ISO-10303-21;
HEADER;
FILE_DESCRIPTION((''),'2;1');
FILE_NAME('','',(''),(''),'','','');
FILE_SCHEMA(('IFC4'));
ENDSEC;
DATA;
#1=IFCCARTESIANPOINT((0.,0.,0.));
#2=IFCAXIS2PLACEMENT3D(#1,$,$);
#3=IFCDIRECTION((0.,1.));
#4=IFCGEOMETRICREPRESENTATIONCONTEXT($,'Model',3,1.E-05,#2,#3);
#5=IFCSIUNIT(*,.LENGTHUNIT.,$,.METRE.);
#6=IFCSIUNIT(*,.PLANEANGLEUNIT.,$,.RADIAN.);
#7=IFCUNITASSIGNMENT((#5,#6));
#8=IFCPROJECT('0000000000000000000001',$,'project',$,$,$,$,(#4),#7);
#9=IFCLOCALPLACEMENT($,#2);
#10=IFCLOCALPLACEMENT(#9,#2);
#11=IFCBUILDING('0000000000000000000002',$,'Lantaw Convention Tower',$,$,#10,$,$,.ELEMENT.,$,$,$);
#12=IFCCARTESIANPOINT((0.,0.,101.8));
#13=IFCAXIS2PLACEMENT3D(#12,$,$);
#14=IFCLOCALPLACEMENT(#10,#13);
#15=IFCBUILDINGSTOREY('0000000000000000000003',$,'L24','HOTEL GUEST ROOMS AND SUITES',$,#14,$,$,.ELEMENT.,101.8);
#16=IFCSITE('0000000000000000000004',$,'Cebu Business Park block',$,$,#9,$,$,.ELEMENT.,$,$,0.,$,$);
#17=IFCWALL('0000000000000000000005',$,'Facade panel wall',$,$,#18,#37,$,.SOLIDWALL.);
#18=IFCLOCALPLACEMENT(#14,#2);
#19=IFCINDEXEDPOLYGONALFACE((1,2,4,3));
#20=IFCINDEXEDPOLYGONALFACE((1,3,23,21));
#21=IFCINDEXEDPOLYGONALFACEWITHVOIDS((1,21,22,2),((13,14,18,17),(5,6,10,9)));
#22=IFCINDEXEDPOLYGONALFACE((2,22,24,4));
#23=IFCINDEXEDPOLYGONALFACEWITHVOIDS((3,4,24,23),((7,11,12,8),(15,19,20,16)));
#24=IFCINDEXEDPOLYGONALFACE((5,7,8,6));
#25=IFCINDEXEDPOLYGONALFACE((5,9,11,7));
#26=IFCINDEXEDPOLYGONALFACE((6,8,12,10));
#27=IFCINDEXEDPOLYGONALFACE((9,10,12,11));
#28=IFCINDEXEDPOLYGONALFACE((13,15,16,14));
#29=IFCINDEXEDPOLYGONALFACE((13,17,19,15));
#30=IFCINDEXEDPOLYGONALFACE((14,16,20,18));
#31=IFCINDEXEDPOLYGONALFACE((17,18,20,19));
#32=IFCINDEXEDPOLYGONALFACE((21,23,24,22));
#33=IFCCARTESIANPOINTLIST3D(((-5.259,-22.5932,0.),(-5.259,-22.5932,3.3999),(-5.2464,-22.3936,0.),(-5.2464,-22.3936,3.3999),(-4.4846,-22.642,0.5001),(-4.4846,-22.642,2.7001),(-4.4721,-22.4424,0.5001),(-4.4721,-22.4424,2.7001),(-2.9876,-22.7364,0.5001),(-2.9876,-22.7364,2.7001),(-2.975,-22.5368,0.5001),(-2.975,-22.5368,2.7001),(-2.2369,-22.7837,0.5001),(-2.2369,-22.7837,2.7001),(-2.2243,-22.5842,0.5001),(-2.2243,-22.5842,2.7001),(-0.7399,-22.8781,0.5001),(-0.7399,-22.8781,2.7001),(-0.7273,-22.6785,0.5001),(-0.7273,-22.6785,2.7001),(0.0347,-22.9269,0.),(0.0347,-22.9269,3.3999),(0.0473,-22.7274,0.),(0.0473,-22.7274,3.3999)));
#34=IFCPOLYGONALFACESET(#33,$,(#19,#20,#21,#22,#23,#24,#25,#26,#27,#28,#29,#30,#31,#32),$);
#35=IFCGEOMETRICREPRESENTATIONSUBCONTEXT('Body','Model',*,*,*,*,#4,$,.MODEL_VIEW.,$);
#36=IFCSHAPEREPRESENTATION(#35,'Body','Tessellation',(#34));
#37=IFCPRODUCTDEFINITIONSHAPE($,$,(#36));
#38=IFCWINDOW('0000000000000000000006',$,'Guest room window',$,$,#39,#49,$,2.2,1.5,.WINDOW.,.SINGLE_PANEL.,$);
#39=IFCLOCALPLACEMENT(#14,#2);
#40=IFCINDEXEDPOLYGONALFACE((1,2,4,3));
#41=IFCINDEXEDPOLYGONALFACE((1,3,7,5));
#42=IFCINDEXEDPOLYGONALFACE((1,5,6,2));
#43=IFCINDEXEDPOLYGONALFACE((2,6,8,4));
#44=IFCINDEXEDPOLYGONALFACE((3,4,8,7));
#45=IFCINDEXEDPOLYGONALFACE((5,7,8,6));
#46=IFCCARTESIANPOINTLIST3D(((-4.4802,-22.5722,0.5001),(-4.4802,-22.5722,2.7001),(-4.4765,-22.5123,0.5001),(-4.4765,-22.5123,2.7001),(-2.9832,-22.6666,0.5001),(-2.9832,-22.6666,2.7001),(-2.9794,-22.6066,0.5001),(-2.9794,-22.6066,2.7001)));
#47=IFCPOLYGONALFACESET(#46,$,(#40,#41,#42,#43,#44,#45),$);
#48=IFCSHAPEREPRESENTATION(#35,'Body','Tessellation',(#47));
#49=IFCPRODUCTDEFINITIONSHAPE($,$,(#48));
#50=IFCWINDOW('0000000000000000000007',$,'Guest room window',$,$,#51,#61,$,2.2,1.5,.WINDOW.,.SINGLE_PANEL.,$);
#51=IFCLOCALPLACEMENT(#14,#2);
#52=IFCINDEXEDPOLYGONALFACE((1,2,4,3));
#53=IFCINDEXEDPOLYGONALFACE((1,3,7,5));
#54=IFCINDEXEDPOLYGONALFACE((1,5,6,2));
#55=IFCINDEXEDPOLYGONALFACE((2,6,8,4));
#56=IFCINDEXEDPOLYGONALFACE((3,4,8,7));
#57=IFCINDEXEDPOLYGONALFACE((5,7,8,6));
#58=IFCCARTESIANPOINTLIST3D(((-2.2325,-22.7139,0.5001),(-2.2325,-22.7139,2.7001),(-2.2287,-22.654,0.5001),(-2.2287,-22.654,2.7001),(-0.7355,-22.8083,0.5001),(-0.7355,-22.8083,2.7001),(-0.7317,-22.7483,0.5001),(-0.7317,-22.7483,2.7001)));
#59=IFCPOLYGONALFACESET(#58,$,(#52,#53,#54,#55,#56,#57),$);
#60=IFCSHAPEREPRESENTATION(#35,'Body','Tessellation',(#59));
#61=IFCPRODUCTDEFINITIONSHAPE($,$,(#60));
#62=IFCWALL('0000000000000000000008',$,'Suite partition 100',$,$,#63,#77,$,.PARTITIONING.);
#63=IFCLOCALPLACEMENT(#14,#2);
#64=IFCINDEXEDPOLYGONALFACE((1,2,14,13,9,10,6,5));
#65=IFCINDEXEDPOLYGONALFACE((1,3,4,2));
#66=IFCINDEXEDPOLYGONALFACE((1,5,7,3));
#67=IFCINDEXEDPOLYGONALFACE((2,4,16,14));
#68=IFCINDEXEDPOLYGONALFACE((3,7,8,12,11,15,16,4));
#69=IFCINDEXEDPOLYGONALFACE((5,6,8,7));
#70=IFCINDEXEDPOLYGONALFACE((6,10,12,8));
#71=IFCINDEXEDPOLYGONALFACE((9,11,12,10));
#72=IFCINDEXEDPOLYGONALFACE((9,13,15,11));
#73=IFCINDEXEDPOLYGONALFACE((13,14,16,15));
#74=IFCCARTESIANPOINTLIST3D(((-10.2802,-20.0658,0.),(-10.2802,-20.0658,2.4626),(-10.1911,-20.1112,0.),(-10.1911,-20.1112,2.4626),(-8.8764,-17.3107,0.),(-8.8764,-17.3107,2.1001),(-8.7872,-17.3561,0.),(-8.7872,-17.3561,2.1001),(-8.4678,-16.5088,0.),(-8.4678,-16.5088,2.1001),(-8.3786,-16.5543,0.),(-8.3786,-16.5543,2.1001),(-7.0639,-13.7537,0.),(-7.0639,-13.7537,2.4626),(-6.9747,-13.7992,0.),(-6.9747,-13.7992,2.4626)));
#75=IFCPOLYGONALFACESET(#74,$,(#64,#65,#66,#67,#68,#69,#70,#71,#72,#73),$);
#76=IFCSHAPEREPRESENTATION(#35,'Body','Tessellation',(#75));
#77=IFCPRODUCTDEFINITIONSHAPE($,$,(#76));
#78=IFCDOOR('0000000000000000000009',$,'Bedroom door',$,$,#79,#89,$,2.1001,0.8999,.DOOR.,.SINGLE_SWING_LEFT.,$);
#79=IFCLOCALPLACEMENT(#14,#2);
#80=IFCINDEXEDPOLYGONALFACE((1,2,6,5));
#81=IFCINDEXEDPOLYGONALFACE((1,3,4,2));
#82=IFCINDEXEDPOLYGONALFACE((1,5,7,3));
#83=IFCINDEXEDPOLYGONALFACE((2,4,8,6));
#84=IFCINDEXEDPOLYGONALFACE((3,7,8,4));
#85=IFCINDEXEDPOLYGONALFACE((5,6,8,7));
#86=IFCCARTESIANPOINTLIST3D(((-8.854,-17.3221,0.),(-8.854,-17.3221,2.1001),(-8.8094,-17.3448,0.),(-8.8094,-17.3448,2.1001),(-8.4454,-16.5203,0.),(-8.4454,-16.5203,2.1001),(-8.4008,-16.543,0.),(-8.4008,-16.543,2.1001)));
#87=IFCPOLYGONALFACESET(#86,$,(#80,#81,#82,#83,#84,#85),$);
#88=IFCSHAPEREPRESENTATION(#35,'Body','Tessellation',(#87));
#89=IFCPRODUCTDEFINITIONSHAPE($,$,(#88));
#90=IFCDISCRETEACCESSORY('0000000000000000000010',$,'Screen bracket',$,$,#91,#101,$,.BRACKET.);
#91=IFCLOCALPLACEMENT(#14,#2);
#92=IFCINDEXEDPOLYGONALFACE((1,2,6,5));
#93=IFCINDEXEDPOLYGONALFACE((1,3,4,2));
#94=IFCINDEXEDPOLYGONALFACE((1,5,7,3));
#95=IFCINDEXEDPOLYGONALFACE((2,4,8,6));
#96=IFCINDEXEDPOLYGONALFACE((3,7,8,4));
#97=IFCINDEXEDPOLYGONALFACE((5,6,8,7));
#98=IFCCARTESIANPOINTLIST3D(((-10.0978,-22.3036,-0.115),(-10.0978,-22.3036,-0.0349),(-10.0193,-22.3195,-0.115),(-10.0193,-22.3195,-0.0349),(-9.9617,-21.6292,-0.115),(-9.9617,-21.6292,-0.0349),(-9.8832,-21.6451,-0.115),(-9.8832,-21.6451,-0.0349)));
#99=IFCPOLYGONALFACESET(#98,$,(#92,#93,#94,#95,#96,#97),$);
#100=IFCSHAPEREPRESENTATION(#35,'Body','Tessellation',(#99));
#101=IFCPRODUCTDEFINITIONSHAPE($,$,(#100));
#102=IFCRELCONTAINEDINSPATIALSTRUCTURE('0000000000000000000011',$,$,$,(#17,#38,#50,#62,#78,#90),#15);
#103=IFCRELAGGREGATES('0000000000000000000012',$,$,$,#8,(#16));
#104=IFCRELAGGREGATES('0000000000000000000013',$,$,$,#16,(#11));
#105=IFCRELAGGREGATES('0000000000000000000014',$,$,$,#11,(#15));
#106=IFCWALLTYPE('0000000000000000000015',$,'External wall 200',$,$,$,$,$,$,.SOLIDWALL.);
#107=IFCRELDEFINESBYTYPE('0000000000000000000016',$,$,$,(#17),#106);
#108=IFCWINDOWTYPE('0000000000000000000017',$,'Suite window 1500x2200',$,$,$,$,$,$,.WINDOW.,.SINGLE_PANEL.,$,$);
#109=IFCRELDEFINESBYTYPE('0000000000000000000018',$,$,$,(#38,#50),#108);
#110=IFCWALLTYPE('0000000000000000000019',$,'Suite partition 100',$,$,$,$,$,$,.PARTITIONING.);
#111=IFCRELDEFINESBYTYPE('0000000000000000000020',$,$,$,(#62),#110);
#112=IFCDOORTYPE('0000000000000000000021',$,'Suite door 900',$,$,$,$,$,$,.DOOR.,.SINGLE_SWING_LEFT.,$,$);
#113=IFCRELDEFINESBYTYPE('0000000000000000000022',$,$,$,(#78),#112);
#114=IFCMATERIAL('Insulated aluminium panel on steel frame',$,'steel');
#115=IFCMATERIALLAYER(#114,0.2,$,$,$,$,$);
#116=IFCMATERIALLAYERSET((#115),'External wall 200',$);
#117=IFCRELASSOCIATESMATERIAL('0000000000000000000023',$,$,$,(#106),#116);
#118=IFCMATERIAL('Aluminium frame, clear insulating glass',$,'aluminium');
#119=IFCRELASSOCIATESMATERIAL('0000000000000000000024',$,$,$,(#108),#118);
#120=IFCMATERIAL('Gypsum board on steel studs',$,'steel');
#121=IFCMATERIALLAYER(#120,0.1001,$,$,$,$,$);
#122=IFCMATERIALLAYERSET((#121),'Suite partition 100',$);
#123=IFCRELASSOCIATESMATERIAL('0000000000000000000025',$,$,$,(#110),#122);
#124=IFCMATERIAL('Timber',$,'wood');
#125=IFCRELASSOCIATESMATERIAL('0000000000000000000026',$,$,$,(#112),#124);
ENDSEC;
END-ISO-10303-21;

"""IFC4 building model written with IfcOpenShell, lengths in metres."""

from ifc_helpers import new_model, si_unit, direction, frame, frame_2d, origin, origin_2d, place, context, subcontext, project, spatial, rectangle, extrude, material, layer, layer_set, type_object, element, fill, save


model = new_model("IFC4")

# Units and contexts
model_context = context("Model", 3, precision=1e-05, world=origin(), true_north=direction((0.0, 1.0)))
body_context = subcontext(model_context, "Body", "Model", "MODEL_VIEW")
ifc_project = project(units=[si_unit("LENGTHUNIT", "METRE"), si_unit("PLANEANGLEUNIT", "RADIAN")], contexts=[model_context])

# Site, building, storey
site_placement = place(None, origin())
site = spatial("IfcSite", under=ifc_project, at=site_placement, Name="Cebu Business Park block", CompositionType="ELEMENT", RefElevation=0.0)
building_placement = place(site_placement, origin())
building = spatial("IfcBuilding", under=site, at=building_placement, Name="Lantaw Convention Tower", CompositionType="ELEMENT")
storey_placement = place(building_placement, frame((0.0, 0.0, 101.8)))
storey = spatial("IfcBuildingStorey", under=building, at=storey_placement, Name="L24", Description="HOTEL GUEST ROOMS AND SUITES", CompositionType="ELEMENT", Elevation=101.8)

# Shared definitions
ifc_material_1 = material(Name="Timber", Category="wood")

# Wall, openings, windows
ifc_material_2 = material(Name="Insulated aluminium panel on steel frame", Category="steel")
ifc_layer_1 = layer(ifc_material_2, 0.2)
ifc_layer_set_1 = layer_set([ifc_layer_1], Name="External wall 200")
wall_type_1 = type_object("IfcWallType", Name="External wall 200", PredefinedType="SOLIDWALL", material=ifc_layer_set_1)
ifc_material_3 = material(Name="Aluminium frame, clear insulating glass", Category="aluminium")
window_type = type_object("IfcWindowType", Name="Suite window 1500x2200", PartitioningType="SINGLE_PANEL", PredefinedType="WINDOW", material=ifc_material_3)
wall_1_placement = place(storey_placement, frame((-5.2527, -22.4934, 0.0), z_axis=(0.0, 0.0, 1.0), x_axis=(0.998019, -0.06292, 0.0)))
wall_1 = element("IfcWall", 1, at=wall_1_placement, inside=storey, type_object=wall_type_1, Name="Facade panel wall", PredefinedType="SOLIDWALL", context=body_context, shape_type="SweptSolid", body=[
    extrude(rectangle(XDim=5.3042, YDim=0.2, at=frame_2d((2.6521, 0.0))), origin(), (0.0, 0.0, 1.0), 3.3999),
])
opening_1_placement = place(wall_1_placement, frame((0.7759, 0.0, 0.5)))
opening_1 = element("IfcOpeningElement", 2, at=opening_1_placement, cuts=wall_1, PredefinedType="OPENING", context=body_context, shape_type="SweptSolid", body=[
    extrude(rectangle(XDim=1.5, YDim=2.2, at=frame_2d((0.75, 1.1001))), frame((0.0, 0.1099, 0.0), z_axis=(0.0, -1.0, 0.0), x_axis=(1.0, 0.0, 0.0)), (0.0, 0.0, 1.0), 0.22),
])
opening_2_placement = place(wall_1_placement, frame((3.0281, 0.0, 0.5)))
opening_2 = element("IfcOpeningElement", 3, at=opening_2_placement, cuts=wall_1, PredefinedType="OPENING", context=body_context, shape_type="SweptSolid", body=[
    extrude(rectangle(XDim=1.5, YDim=2.2, at=frame_2d((0.75, 1.1001))), frame((0.0, 0.1099, 0.0), z_axis=(0.0, -1.0, 0.0), x_axis=(1.0, 0.0, 0.0)), (0.0, 0.0, 1.0), 0.22),
])
window_1_placement = place(opening_1_placement, origin())
window_1 = element("IfcWindow", 4, at=window_1_placement, inside=storey, type_object=window_type, Name="Guest room window", OverallHeight=2.2, OverallWidth=1.5, PartitioningType="SINGLE_PANEL", PredefinedType="WINDOW", context=body_context, shape_type="SweptSolid", body=[
    extrude(rectangle(XDim=1.5, YDim=2.2, at=frame_2d((0.75, 1.1001))), frame((0.0, 0.03, 0.0), z_axis=(0.0, -1.0, 0.0), x_axis=(1.0, 0.0, 0.0)), (0.0, 0.0, 1.0), 0.0601),
])
fill(opening_1, window_1)
window_2_placement = place(opening_2_placement, origin())
window_2 = element("IfcWindow", 5, at=window_2_placement, inside=storey, type_object=window_type, Name="Guest room window", OverallHeight=2.2, OverallWidth=1.5, PartitioningType="SINGLE_PANEL", PredefinedType="WINDOW", context=body_context, shape_type="SweptSolid", body=[
    extrude(rectangle(XDim=1.5, YDim=2.2, at=frame_2d((0.75, 1.1001))), frame((0.0, 0.03, 0.0), z_axis=(0.0, -1.0, 0.0), x_axis=(1.0, 0.0, 0.0)), (0.0, 0.0, 1.0), 0.0601),
])
fill(opening_2, window_2)

# Wall, opening, door
ifc_material_4 = material(Name="Gypsum board on steel studs", Category="steel")
ifc_layer_2 = layer(ifc_material_4, 0.1001)
ifc_layer_set_2 = layer_set([ifc_layer_2], Name="Suite partition 100")
wall_type_2 = type_object("IfcWallType", Name="Suite partition 100", PredefinedType="PARTITIONING", material=ifc_layer_set_2)
wall_2_placement = place(storey_placement, frame((-10.2356, -20.0884, 0.0), z_axis=(0.0, 0.0, 1.0), x_axis=(0.45401, 0.890996, 0.0)))
wall_2 = element("IfcWall", 6, at=wall_2_placement, inside=storey, type_object=wall_type_2, Name="Suite partition 100", PredefinedType="PARTITIONING", context=body_context, shape_type="SweptSolid", body=[
    extrude(rectangle(XDim=7.0842, YDim=0.1001, at=frame_2d((3.542, 0.0))), origin(), (0.0, 0.0, 1.0), 2.4626),
])
opening_3_placement = place(wall_2_placement, frame((3.092, 0.0, 0.0)))
opening_3 = element("IfcOpeningElement", 7, at=opening_3_placement, cuts=wall_2, PredefinedType="OPENING", context=body_context, shape_type="SweptSolid", body=[
    extrude(rectangle(XDim=0.8999, YDim=2.1001, at=frame_2d((0.45, 1.05))), frame((0.0, 0.0601, 0.0), z_axis=(0.0, -1.0, 0.0), x_axis=(1.0, 0.0, 0.0)), (0.0, 0.0, 1.0), 0.1201),
])
door_type_1 = type_object("IfcDoorType", Name="Suite door 900", OperationType="SINGLE_SWING_LEFT", PredefinedType="DOOR", material=ifc_material_1)
door_1_placement = place(opening_3_placement, origin())
door_1 = element("IfcDoor", 8, at=door_1_placement, inside=storey, type_object=door_type_1, Name="Bedroom door", OperationType="SINGLE_SWING_LEFT", OverallHeight=2.1001, OverallWidth=0.8999, PredefinedType="DOOR", context=body_context, shape_type="SweptSolid", body=[
    extrude(rectangle(XDim=0.8999, YDim=2.1001, at=frame_2d((0.45, 1.05))), frame((0.0, 0.0249, 0.0), z_axis=(0.0, -1.0, 0.0), x_axis=(1.0, 0.0, 0.0)), (0.0, 0.0, 1.0), 0.05),
])
fill(opening_3, door_1)

# Discrete accessory
discrete_accessory_placement = place(storey_placement, frame((-9.9905, -21.9744, -0.115), z_axis=(0.0, 0.0, 1.0), x_axis=(0.980245, -0.197789, 0.0)))
element("IfcDiscreteAccessory", 9, at=discrete_accessory_placement, inside=storey, Name="Screen bracket", PredefinedType="BRACKET", context=body_context, shape_type="SweptSolid", body=[
    extrude(rectangle(XDim=0.0801, YDim=0.688, at=origin_2d()), origin(), (0.0, 0.0, 1.0), 0.0801),
])

save(model, "model.ifc")
